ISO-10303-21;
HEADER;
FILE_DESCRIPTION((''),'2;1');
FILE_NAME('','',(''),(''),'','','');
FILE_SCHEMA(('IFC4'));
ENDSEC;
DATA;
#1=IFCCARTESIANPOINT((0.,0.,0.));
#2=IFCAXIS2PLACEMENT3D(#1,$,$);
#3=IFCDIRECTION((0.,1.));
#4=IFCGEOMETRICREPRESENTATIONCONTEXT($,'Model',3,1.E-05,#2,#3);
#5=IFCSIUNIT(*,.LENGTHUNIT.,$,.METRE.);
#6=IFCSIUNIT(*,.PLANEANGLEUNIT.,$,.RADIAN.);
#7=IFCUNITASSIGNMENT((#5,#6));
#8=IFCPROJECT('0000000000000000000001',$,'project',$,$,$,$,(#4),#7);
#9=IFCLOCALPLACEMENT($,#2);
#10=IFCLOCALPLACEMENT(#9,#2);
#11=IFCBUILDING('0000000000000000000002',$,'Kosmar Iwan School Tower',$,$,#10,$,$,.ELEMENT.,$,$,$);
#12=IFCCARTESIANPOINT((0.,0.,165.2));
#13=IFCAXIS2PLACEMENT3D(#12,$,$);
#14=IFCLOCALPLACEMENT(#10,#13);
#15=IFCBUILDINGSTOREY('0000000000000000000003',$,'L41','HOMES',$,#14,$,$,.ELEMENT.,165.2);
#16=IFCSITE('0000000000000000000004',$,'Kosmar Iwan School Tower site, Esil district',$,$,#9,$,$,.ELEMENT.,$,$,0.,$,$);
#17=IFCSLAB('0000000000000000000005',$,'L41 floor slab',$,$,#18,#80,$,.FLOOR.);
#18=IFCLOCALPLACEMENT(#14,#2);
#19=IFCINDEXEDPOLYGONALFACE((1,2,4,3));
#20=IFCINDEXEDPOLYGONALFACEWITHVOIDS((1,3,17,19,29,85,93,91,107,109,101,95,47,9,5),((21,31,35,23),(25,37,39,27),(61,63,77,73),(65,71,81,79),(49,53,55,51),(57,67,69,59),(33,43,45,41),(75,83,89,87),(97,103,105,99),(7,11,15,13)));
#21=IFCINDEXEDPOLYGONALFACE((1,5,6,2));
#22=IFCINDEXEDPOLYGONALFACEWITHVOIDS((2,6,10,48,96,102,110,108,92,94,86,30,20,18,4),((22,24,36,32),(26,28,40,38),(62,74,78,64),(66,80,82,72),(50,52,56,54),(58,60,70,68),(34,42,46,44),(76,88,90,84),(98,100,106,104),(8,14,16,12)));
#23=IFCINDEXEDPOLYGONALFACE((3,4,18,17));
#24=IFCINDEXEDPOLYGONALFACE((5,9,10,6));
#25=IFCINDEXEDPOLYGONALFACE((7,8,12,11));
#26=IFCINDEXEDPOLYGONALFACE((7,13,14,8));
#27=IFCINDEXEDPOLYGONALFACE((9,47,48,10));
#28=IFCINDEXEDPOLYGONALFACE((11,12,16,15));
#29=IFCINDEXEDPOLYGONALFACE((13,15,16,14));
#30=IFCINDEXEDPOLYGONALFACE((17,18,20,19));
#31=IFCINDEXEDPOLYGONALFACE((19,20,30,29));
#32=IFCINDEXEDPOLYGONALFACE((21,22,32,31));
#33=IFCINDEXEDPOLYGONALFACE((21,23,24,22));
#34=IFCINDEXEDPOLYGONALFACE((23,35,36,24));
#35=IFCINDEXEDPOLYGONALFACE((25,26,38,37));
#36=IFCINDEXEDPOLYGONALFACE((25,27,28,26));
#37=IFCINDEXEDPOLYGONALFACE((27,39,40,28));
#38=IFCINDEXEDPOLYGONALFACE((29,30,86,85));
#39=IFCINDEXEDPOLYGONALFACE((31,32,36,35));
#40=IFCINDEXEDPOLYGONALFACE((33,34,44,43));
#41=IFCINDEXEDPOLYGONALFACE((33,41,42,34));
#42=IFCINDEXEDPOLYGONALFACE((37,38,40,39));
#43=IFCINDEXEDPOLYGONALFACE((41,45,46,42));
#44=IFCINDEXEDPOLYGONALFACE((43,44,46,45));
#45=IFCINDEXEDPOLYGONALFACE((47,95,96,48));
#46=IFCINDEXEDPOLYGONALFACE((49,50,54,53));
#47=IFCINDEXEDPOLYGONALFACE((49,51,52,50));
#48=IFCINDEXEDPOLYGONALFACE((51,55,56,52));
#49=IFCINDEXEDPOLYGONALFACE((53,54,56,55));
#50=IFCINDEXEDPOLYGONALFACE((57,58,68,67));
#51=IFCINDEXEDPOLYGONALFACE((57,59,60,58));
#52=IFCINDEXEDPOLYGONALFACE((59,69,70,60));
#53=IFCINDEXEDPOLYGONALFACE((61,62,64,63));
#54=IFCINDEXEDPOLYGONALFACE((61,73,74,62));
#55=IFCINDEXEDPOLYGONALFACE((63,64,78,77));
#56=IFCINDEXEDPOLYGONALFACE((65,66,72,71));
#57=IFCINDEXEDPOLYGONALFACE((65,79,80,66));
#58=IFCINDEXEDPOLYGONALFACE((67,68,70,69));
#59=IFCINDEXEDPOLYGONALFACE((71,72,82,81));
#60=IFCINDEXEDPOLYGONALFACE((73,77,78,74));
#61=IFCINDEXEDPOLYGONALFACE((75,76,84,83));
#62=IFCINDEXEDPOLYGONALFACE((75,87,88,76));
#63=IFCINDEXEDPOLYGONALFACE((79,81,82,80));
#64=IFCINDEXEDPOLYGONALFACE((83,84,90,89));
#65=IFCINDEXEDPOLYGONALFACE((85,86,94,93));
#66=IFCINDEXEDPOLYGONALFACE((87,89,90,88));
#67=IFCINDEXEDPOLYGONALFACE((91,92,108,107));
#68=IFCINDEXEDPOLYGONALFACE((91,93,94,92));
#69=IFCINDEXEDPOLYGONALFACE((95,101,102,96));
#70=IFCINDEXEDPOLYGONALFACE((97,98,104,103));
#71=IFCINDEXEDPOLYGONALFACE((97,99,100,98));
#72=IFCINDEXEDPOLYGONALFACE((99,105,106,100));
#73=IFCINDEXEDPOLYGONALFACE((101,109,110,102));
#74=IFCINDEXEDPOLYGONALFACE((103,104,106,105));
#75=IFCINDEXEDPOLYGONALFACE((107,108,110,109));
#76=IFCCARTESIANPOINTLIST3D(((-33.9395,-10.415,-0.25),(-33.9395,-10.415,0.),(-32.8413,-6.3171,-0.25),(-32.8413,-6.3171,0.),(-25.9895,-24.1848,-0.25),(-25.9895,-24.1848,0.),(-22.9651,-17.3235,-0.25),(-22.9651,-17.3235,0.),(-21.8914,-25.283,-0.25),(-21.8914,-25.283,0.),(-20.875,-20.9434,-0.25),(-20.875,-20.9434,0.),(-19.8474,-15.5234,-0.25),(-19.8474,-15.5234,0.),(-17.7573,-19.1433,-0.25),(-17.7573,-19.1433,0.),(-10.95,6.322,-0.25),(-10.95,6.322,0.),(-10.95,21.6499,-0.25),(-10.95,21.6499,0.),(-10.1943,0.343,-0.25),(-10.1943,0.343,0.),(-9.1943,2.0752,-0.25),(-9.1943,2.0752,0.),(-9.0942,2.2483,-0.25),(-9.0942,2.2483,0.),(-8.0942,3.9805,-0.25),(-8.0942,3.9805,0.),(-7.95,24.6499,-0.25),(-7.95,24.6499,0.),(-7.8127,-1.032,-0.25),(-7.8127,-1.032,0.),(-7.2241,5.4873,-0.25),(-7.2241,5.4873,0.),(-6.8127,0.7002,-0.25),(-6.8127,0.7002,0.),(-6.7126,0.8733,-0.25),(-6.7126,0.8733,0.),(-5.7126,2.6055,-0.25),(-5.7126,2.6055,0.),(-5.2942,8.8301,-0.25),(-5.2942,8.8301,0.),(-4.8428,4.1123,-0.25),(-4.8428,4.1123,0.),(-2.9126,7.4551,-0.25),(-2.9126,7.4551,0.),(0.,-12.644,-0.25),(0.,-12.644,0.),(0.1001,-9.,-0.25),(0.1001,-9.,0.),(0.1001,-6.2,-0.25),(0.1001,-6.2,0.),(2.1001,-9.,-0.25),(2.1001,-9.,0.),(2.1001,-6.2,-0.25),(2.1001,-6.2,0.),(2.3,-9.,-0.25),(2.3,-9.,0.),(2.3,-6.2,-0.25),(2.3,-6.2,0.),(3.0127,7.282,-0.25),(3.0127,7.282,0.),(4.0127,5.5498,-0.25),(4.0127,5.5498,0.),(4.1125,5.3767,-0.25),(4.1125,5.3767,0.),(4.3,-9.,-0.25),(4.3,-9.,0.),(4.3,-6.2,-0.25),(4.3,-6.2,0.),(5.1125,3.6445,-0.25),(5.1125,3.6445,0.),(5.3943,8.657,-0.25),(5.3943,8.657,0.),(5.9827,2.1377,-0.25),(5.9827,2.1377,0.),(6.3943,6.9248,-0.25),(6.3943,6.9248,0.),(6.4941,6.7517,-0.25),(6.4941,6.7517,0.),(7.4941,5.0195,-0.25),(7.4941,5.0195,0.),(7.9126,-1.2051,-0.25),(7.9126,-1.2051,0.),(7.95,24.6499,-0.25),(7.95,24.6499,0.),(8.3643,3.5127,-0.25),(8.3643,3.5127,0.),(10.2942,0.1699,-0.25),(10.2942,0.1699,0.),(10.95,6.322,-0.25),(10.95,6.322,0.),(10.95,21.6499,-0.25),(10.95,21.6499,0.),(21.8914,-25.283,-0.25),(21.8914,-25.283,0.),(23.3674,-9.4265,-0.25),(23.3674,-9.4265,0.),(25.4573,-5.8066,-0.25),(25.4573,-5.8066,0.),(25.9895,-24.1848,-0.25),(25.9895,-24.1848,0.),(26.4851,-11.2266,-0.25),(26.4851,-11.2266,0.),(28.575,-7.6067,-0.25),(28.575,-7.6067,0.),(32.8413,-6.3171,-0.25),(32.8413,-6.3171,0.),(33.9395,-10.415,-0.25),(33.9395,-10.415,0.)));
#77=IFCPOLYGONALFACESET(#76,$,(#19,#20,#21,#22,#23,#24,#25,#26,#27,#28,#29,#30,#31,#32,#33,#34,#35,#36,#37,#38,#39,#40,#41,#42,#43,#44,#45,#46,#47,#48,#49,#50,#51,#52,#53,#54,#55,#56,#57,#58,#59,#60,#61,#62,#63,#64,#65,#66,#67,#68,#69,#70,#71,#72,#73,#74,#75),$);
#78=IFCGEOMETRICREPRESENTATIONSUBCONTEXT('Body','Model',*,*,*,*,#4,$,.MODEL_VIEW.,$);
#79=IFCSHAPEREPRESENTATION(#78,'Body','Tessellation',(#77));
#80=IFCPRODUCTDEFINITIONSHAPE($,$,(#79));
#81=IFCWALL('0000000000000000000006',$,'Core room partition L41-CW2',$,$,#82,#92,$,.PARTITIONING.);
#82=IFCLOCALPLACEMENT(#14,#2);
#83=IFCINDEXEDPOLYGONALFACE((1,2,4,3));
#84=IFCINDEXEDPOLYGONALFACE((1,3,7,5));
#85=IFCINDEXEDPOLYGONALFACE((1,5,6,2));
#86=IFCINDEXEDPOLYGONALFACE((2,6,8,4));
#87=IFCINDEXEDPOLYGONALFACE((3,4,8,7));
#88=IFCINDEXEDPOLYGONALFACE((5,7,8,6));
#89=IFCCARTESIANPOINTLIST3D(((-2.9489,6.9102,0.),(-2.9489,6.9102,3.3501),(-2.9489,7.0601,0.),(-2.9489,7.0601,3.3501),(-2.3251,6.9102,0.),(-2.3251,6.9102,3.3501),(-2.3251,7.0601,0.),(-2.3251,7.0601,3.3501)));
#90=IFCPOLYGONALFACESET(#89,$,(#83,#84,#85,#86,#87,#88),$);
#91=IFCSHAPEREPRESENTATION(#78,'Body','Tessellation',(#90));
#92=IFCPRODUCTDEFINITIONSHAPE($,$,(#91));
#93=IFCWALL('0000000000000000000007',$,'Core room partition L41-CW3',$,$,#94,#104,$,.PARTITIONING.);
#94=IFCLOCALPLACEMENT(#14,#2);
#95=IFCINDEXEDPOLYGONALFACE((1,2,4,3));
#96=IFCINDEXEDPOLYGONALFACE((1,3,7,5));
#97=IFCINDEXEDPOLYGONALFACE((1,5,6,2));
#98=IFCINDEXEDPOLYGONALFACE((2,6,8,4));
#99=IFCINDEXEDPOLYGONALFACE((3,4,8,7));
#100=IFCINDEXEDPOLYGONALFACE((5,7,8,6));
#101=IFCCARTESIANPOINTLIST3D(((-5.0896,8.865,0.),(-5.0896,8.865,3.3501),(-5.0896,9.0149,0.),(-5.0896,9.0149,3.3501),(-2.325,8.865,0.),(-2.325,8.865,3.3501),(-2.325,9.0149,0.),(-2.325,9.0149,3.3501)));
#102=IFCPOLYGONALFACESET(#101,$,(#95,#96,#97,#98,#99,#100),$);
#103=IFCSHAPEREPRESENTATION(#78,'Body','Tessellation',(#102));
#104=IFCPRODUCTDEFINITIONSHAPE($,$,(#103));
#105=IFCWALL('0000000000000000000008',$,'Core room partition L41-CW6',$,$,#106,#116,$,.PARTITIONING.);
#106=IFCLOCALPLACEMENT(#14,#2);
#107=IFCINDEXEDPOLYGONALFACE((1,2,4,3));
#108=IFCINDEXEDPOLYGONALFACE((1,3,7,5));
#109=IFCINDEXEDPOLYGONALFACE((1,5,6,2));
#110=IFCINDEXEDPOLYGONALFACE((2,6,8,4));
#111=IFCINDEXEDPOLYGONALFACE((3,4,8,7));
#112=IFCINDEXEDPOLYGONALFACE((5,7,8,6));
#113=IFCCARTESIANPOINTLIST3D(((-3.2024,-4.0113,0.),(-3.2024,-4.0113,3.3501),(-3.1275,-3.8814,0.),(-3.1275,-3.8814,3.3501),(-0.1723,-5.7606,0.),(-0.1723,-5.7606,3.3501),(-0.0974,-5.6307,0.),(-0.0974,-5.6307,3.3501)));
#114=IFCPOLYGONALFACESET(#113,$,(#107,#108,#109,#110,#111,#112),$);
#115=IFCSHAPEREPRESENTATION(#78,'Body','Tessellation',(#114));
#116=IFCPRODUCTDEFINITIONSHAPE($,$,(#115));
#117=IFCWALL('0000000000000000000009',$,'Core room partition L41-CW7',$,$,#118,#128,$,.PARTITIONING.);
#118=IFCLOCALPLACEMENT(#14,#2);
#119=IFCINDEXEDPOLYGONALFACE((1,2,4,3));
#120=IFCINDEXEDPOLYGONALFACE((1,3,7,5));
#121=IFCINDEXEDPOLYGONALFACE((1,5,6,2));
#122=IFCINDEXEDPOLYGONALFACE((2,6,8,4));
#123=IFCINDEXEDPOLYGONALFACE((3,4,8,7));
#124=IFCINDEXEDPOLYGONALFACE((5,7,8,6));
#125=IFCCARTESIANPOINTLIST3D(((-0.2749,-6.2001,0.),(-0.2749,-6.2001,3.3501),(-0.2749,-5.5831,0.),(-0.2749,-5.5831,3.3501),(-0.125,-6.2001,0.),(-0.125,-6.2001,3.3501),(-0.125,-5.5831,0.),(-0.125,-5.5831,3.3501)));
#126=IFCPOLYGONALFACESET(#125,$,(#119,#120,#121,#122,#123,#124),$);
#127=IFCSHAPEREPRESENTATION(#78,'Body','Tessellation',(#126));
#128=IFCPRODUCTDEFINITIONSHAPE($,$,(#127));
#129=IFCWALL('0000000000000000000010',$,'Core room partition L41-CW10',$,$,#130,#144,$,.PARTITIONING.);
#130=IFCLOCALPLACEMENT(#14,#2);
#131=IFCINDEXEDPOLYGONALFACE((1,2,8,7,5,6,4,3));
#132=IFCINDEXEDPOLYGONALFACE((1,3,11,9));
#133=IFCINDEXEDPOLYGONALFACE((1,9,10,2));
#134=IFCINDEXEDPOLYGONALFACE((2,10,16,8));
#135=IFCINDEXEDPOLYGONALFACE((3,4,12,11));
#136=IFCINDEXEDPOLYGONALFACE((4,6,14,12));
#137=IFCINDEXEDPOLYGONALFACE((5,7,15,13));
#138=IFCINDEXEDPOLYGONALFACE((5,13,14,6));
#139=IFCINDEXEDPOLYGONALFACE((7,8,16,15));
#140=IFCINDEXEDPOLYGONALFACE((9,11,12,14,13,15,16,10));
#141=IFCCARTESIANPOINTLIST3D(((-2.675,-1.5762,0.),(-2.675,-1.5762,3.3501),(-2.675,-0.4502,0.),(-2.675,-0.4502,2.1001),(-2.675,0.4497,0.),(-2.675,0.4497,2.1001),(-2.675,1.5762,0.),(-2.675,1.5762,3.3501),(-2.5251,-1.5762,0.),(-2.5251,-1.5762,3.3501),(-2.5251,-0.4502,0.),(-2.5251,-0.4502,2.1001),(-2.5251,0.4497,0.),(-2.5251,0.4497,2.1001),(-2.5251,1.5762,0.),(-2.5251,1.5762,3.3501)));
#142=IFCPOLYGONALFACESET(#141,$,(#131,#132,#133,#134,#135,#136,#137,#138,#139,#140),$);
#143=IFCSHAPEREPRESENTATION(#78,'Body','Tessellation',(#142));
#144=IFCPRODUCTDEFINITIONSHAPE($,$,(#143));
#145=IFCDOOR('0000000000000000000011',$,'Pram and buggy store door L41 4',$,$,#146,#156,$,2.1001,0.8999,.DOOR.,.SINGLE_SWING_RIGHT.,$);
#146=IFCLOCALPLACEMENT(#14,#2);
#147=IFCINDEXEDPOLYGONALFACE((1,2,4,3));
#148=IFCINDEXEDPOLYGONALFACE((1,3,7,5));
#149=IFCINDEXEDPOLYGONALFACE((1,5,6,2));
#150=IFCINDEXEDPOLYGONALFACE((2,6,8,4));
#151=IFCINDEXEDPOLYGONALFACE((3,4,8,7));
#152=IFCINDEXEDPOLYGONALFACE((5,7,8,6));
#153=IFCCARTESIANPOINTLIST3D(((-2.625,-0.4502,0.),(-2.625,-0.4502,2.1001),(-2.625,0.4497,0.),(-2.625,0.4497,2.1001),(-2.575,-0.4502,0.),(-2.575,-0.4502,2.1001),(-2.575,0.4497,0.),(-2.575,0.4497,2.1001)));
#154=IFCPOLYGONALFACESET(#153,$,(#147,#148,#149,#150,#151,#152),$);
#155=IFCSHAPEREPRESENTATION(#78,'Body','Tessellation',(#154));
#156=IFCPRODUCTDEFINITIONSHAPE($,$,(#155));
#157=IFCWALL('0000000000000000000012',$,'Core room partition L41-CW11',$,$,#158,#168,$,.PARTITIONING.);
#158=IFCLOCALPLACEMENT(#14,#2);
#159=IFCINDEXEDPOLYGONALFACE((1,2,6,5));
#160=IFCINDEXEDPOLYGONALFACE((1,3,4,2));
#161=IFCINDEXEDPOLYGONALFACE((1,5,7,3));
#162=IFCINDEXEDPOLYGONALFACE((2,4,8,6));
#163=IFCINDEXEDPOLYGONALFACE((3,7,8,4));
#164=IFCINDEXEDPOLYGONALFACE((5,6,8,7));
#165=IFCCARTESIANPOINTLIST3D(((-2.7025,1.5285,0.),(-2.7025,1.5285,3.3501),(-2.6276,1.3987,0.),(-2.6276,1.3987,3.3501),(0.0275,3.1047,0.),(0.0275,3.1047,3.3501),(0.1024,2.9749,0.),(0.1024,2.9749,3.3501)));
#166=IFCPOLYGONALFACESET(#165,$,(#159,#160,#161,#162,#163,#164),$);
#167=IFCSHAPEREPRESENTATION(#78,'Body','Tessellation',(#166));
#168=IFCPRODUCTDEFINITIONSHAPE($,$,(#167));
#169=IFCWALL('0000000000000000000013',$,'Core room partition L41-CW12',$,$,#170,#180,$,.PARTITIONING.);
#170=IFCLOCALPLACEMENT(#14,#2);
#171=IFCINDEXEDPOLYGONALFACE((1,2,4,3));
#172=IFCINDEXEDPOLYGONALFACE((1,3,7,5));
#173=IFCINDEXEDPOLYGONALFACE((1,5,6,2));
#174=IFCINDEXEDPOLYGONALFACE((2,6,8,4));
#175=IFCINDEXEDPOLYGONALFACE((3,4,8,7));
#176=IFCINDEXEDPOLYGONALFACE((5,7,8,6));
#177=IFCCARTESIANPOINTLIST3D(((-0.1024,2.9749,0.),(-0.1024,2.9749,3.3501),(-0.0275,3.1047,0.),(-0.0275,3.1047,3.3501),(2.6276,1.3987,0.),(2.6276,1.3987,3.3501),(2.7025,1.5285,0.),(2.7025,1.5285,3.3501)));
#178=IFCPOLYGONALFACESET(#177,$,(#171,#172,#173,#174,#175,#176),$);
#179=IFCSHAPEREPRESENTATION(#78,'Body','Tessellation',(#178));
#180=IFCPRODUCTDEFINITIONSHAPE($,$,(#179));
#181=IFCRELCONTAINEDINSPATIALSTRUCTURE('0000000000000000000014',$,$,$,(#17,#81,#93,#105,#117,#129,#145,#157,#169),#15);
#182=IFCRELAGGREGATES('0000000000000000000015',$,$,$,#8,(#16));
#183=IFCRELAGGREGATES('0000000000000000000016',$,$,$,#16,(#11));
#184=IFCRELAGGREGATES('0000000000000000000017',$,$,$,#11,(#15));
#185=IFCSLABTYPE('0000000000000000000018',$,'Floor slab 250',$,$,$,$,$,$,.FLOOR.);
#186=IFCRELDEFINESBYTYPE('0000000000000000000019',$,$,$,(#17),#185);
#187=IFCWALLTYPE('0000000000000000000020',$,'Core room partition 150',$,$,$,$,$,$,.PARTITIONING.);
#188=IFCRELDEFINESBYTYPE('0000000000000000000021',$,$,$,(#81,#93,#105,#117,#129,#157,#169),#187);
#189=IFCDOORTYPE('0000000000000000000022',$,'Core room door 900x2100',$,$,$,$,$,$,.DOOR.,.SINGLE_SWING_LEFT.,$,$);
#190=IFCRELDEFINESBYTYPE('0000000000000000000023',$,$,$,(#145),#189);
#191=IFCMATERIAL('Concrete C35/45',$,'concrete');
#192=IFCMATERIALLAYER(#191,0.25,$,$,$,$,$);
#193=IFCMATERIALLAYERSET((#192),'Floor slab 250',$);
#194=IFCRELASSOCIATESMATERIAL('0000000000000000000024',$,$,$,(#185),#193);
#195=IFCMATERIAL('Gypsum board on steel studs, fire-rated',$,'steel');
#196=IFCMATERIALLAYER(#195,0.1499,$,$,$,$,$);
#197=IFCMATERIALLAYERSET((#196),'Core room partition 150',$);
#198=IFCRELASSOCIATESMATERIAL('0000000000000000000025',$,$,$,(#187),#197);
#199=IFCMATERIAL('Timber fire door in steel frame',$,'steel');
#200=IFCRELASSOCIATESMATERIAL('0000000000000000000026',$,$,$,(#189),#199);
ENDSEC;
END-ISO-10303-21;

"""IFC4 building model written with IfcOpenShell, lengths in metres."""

from ifc_helpers import new_model, si_unit, direction, frame, frame_2d, origin, place, context, subcontext, project, spatial, polyline, rectangle, outline, extrude, material, layer, layer_set, type_object, element, fill, save


model = new_model("IFC4")

# Units and contexts
model_context = context("Model", 3, precision=1e-05, world=origin(), true_north=direction((0.0, 1.0)))
body_context = subcontext(model_context, "Body", "Model", "MODEL_VIEW")
ifc_project = project(units=[si_unit("LENGTHUNIT", "METRE"), si_unit("PLANEANGLEUNIT", "RADIAN")], contexts=[model_context])

# Site, building, storey
site_placement = place(None, origin())
site = spatial("IfcSite", under=ifc_project, at=site_placement, Name="Kosmar Iwan School Tower site, Esil district", CompositionType="ELEMENT", RefElevation=0.0)
building_placement = place(site_placement, origin())
building = spatial("IfcBuilding", under=site, at=building_placement, Name="Kosmar Iwan School Tower", CompositionType="ELEMENT")
storey_placement = place(building_placement, frame((0.0, 0.0, 165.2)))
storey = spatial("IfcBuildingStorey", under=building, at=storey_placement, Name="L41", Description="HOMES", CompositionType="ELEMENT", Elevation=165.2)

# Slab
ifc_material_1 = material(Name="Concrete C35/45", Category="concrete")
ifc_layer_1 = layer(ifc_material_1, 0.25)
ifc_layer_set_1 = layer_set([ifc_layer_1], Name="Floor slab 250")
slab_type = type_object("IfcSlabType", Name="Floor slab 250", PredefinedType="FLOOR", material=ifc_layer_set_1)
slab_placement = place(storey_placement, frame((0.0, 0.0, -0.25)))
element("IfcSlab", 1, at=slab_placement, inside=storey, type_object=slab_type, Name="L41 floor slab", PredefinedType="FLOOR", context=body_context, shape_type="SweptSolid", body=[
    extrude(outline(polyline([(-21.8914, -25.283), (0.0, -12.644), (21.8914, -25.283), (25.9895, -24.1848), (33.9395, -10.415), (32.8413, -6.3171), (10.95, 6.322), (10.95, 21.6499), (7.95, 24.6499), (-7.95, 24.6499), (-10.95, 21.6499), (-10.95, 6.322), (-32.8413, -6.3171), (-33.9395, -10.415), (-25.9895, -24.1848), (-21.8914, -25.283)]), holes=[polyline([(7.9126, -1.2051), (10.2942, 0.1699), (8.3643, 3.5127), (5.9827, 2.1377), (7.9126, -1.2051)]), polyline([(-2.9126, 7.4551), (-5.2942, 8.8301), (-7.2241, 5.4873), (-4.8428, 4.1123), (-2.9126, 7.4551)]), polyline([(-5.7126, 2.6055), (-8.0942, 3.9805), (-9.0942, 2.2483), (-6.7126, 0.8733), (-5.7126, 2.6055)]), polyline([(-6.8127, 0.7002), (-9.1943, 2.0752), (-10.1943, 0.343), (-7.8127, -1.032), (-6.8127, 0.7002)]), polyline([(5.1125, 3.6445), (7.4941, 5.0195), (6.4941, 6.7517), (4.1125, 5.3767), (5.1125, 3.6445)]), polyline([(4.0127, 5.5498), (6.3943, 6.9248), (5.3943, 8.657), (3.0127, 7.282), (4.0127, 5.5498)]), polyline([(0.1001, -6.2), (0.1001, -9.0), (2.1001, -9.0), (2.1001, -6.2), (0.1001, -6.2)]), polyline([(2.3, -6.2), (2.3, -9.0), (4.3, -9.0), (4.3, -6.2), (2.3, -6.2)]), polyline([(-19.8474, -15.5234), (-22.9651, -17.3235), (-20.875, -20.9434), (-17.7573, -19.1433), (-19.8474, -15.5234)]), polyline([(23.3674, -9.4265), (26.4851, -11.2266), (28.575, -7.6067), (25.4573, -5.8066), (23.3674, -9.4265)])]), origin(), (0.0, 0.0, 1.0), 0.25),
])

# Walls
ifc_material_2 = material(Name="Gypsum board on steel studs, fire-rated", Category="steel")
ifc_layer_2 = layer(ifc_material_2, 0.1499)
ifc_layer_set_2 = layer_set([ifc_layer_2], Name="Core room partition 150")
wall_type_1 = type_object("IfcWallType", Name="Core room partition 150", PredefinedType="PARTITIONING", material=ifc_layer_set_2)
wall_1_placement = place(storey_placement, frame((-2.325, 6.9851, 0.0), z_axis=(0.0, 0.0, 1.0), x_axis=(-1.0, 0.0, 0.0)))
element("IfcWall", 2, at=wall_1_placement, inside=storey, type_object=wall_type_1, Name="Core room partition L41-CW2", PredefinedType="PARTITIONING", context=body_context, shape_type="SweptSolid", body=[
    extrude(rectangle(XDim=0.6238, YDim=0.1499, at=frame_2d((0.312, 0.0))), origin(), (0.0, 0.0, 1.0), 3.3501),
])
wall_2_placement = place(storey_placement, frame((-5.0896, 8.9399, 0.0), z_axis=(0.0, 0.0, 1.0), x_axis=(1.0, 0.0, 0.0)))
element("IfcWall", 3, at=wall_2_placement, inside=storey, type_object=wall_type_1, Name="Core room partition L41-CW3", PredefinedType="PARTITIONING", context=body_context, shape_type="SweptSolid", body=[
    extrude(rectangle(XDim=2.7646, YDim=0.1499, at=frame_2d((1.3823, 0.0))), origin(), (0.0, 0.0, 1.0), 3.3501),
])
wall_3_placement = place(storey_placement, frame((-3.165, -3.9463, 0.0), z_axis=(0.0, 0.0, 1.0), x_axis=(0.86604, -0.499974, 0.0)))
element("IfcWall", 4, at=wall_3_placement, inside=storey, type_object=wall_type_1, Name="Core room partition L41-CW6", PredefinedType="PARTITIONING", context=body_context, shape_type="SweptSolid", body=[
    extrude(rectangle(XDim=3.4988, YDim=0.1499, at=frame_2d((1.7495, 0.0))), origin(), (0.0, 0.0, 1.0), 3.3501),
])
wall_4_placement = place(storey_placement, frame((-0.2, -5.583, 0.0), z_axis=(0.0, 0.0, 1.0), x_axis=(0.0, -1.0, 0.0)))
element("IfcWall", 5, at=wall_4_placement, inside=storey, type_object=wall_type_1, Name="Core room partition L41-CW7", PredefinedType="PARTITIONING", context=body_context, shape_type="SweptSolid", body=[
    extrude(rectangle(XDim=0.6169, YDim=0.1499, at=frame_2d((0.3086, 0.0))), origin(), (0.0, 0.0, 1.0), 3.3501),
])

# Wall, opening, door
wall_5_placement = place(storey_placement, frame((-2.6001, -1.5762, 0.0), z_axis=(0.0, 0.0, 1.0), x_axis=(0.0, 1.0, 0.0)))
wall_5 = element("IfcWall", 6, at=wall_5_placement, inside=storey, type_object=wall_type_1, Name="Core room partition L41-CW10", PredefinedType="PARTITIONING", context=body_context, shape_type="SweptSolid", body=[
    extrude(rectangle(XDim=3.1523, YDim=0.1499, at=frame_2d((1.5762, 0.0))), origin(), (0.0, 0.0, 1.0), 3.3501),
])
opening_1_placement = place(wall_5_placement, frame((1.126, 0.0, 0.0)))
opening_1 = element("IfcOpeningElement", 7, at=opening_1_placement, cuts=wall_5, PredefinedType="OPENING", context=body_context, shape_type="SweptSolid", body=[
    extrude(rectangle(XDim=0.8999, YDim=2.1001, at=frame_2d((0.45, 1.05))), frame((0.0, 0.0869, 0.0), z_axis=(0.0, -1.0, 0.0), x_axis=(1.0, 0.0, 0.0)), (0.0, 0.0, 1.0), 0.1738),
])
ifc_material_3 = material(Name="Timber fire door in steel frame", Category="steel")
door_type_1 = type_object("IfcDoorType", Name="Core room door 900x2100", OperationType="SINGLE_SWING_LEFT", PredefinedType="DOOR", material=ifc_material_3)
door_1_placement = place(opening_1_placement, origin())
door_1 = element("IfcDoor", 8, at=door_1_placement, inside=storey, type_object=door_type_1, Name="Pram and buggy store door L41 4", OperationType="SINGLE_SWING_RIGHT", OverallHeight=2.1001, OverallWidth=0.8999, PredefinedType="DOOR", context=body_context, shape_type="SweptSolid", body=[
    extrude(rectangle(XDim=0.8999, YDim=2.1001, at=frame_2d((0.45, 1.05))), frame((0.0, 0.0249, 0.0), z_axis=(0.0, -1.0, 0.0), x_axis=(1.0, 0.0, 0.0)), (0.0, 0.0, 1.0), 0.05),
])
fill(opening_1, door_1)

# Walls
for number, where, z_axis, x_axis, name in (
    (9, (-2.665, 1.4636, 0.0), (0.0, 0.0, 1.0), (0.866023, 0.500004, 0.0), "Core room partition L41-CW11"),
    (10, (-0.0649, 3.0398, 0.0), (0.0, 0.0, 1.0), (0.866023, -0.500004, 0.0), "Core room partition L41-CW12"),
):
    element("IfcWall", number, at=place(storey_placement, frame(where, z_axis=z_axis, x_axis=x_axis)), inside=storey, type_object=wall_type_1, Name=name, PredefinedType="PARTITIONING", context=body_context, shape_type="SweptSolid", body=[
        extrude(rectangle(XDim=3.1523, YDim=0.1499, at=frame_2d((1.5762, 0.0))), origin(), (0.0, 0.0, 1.0), 3.3501),
    ])

save(model, "model.ifc")
